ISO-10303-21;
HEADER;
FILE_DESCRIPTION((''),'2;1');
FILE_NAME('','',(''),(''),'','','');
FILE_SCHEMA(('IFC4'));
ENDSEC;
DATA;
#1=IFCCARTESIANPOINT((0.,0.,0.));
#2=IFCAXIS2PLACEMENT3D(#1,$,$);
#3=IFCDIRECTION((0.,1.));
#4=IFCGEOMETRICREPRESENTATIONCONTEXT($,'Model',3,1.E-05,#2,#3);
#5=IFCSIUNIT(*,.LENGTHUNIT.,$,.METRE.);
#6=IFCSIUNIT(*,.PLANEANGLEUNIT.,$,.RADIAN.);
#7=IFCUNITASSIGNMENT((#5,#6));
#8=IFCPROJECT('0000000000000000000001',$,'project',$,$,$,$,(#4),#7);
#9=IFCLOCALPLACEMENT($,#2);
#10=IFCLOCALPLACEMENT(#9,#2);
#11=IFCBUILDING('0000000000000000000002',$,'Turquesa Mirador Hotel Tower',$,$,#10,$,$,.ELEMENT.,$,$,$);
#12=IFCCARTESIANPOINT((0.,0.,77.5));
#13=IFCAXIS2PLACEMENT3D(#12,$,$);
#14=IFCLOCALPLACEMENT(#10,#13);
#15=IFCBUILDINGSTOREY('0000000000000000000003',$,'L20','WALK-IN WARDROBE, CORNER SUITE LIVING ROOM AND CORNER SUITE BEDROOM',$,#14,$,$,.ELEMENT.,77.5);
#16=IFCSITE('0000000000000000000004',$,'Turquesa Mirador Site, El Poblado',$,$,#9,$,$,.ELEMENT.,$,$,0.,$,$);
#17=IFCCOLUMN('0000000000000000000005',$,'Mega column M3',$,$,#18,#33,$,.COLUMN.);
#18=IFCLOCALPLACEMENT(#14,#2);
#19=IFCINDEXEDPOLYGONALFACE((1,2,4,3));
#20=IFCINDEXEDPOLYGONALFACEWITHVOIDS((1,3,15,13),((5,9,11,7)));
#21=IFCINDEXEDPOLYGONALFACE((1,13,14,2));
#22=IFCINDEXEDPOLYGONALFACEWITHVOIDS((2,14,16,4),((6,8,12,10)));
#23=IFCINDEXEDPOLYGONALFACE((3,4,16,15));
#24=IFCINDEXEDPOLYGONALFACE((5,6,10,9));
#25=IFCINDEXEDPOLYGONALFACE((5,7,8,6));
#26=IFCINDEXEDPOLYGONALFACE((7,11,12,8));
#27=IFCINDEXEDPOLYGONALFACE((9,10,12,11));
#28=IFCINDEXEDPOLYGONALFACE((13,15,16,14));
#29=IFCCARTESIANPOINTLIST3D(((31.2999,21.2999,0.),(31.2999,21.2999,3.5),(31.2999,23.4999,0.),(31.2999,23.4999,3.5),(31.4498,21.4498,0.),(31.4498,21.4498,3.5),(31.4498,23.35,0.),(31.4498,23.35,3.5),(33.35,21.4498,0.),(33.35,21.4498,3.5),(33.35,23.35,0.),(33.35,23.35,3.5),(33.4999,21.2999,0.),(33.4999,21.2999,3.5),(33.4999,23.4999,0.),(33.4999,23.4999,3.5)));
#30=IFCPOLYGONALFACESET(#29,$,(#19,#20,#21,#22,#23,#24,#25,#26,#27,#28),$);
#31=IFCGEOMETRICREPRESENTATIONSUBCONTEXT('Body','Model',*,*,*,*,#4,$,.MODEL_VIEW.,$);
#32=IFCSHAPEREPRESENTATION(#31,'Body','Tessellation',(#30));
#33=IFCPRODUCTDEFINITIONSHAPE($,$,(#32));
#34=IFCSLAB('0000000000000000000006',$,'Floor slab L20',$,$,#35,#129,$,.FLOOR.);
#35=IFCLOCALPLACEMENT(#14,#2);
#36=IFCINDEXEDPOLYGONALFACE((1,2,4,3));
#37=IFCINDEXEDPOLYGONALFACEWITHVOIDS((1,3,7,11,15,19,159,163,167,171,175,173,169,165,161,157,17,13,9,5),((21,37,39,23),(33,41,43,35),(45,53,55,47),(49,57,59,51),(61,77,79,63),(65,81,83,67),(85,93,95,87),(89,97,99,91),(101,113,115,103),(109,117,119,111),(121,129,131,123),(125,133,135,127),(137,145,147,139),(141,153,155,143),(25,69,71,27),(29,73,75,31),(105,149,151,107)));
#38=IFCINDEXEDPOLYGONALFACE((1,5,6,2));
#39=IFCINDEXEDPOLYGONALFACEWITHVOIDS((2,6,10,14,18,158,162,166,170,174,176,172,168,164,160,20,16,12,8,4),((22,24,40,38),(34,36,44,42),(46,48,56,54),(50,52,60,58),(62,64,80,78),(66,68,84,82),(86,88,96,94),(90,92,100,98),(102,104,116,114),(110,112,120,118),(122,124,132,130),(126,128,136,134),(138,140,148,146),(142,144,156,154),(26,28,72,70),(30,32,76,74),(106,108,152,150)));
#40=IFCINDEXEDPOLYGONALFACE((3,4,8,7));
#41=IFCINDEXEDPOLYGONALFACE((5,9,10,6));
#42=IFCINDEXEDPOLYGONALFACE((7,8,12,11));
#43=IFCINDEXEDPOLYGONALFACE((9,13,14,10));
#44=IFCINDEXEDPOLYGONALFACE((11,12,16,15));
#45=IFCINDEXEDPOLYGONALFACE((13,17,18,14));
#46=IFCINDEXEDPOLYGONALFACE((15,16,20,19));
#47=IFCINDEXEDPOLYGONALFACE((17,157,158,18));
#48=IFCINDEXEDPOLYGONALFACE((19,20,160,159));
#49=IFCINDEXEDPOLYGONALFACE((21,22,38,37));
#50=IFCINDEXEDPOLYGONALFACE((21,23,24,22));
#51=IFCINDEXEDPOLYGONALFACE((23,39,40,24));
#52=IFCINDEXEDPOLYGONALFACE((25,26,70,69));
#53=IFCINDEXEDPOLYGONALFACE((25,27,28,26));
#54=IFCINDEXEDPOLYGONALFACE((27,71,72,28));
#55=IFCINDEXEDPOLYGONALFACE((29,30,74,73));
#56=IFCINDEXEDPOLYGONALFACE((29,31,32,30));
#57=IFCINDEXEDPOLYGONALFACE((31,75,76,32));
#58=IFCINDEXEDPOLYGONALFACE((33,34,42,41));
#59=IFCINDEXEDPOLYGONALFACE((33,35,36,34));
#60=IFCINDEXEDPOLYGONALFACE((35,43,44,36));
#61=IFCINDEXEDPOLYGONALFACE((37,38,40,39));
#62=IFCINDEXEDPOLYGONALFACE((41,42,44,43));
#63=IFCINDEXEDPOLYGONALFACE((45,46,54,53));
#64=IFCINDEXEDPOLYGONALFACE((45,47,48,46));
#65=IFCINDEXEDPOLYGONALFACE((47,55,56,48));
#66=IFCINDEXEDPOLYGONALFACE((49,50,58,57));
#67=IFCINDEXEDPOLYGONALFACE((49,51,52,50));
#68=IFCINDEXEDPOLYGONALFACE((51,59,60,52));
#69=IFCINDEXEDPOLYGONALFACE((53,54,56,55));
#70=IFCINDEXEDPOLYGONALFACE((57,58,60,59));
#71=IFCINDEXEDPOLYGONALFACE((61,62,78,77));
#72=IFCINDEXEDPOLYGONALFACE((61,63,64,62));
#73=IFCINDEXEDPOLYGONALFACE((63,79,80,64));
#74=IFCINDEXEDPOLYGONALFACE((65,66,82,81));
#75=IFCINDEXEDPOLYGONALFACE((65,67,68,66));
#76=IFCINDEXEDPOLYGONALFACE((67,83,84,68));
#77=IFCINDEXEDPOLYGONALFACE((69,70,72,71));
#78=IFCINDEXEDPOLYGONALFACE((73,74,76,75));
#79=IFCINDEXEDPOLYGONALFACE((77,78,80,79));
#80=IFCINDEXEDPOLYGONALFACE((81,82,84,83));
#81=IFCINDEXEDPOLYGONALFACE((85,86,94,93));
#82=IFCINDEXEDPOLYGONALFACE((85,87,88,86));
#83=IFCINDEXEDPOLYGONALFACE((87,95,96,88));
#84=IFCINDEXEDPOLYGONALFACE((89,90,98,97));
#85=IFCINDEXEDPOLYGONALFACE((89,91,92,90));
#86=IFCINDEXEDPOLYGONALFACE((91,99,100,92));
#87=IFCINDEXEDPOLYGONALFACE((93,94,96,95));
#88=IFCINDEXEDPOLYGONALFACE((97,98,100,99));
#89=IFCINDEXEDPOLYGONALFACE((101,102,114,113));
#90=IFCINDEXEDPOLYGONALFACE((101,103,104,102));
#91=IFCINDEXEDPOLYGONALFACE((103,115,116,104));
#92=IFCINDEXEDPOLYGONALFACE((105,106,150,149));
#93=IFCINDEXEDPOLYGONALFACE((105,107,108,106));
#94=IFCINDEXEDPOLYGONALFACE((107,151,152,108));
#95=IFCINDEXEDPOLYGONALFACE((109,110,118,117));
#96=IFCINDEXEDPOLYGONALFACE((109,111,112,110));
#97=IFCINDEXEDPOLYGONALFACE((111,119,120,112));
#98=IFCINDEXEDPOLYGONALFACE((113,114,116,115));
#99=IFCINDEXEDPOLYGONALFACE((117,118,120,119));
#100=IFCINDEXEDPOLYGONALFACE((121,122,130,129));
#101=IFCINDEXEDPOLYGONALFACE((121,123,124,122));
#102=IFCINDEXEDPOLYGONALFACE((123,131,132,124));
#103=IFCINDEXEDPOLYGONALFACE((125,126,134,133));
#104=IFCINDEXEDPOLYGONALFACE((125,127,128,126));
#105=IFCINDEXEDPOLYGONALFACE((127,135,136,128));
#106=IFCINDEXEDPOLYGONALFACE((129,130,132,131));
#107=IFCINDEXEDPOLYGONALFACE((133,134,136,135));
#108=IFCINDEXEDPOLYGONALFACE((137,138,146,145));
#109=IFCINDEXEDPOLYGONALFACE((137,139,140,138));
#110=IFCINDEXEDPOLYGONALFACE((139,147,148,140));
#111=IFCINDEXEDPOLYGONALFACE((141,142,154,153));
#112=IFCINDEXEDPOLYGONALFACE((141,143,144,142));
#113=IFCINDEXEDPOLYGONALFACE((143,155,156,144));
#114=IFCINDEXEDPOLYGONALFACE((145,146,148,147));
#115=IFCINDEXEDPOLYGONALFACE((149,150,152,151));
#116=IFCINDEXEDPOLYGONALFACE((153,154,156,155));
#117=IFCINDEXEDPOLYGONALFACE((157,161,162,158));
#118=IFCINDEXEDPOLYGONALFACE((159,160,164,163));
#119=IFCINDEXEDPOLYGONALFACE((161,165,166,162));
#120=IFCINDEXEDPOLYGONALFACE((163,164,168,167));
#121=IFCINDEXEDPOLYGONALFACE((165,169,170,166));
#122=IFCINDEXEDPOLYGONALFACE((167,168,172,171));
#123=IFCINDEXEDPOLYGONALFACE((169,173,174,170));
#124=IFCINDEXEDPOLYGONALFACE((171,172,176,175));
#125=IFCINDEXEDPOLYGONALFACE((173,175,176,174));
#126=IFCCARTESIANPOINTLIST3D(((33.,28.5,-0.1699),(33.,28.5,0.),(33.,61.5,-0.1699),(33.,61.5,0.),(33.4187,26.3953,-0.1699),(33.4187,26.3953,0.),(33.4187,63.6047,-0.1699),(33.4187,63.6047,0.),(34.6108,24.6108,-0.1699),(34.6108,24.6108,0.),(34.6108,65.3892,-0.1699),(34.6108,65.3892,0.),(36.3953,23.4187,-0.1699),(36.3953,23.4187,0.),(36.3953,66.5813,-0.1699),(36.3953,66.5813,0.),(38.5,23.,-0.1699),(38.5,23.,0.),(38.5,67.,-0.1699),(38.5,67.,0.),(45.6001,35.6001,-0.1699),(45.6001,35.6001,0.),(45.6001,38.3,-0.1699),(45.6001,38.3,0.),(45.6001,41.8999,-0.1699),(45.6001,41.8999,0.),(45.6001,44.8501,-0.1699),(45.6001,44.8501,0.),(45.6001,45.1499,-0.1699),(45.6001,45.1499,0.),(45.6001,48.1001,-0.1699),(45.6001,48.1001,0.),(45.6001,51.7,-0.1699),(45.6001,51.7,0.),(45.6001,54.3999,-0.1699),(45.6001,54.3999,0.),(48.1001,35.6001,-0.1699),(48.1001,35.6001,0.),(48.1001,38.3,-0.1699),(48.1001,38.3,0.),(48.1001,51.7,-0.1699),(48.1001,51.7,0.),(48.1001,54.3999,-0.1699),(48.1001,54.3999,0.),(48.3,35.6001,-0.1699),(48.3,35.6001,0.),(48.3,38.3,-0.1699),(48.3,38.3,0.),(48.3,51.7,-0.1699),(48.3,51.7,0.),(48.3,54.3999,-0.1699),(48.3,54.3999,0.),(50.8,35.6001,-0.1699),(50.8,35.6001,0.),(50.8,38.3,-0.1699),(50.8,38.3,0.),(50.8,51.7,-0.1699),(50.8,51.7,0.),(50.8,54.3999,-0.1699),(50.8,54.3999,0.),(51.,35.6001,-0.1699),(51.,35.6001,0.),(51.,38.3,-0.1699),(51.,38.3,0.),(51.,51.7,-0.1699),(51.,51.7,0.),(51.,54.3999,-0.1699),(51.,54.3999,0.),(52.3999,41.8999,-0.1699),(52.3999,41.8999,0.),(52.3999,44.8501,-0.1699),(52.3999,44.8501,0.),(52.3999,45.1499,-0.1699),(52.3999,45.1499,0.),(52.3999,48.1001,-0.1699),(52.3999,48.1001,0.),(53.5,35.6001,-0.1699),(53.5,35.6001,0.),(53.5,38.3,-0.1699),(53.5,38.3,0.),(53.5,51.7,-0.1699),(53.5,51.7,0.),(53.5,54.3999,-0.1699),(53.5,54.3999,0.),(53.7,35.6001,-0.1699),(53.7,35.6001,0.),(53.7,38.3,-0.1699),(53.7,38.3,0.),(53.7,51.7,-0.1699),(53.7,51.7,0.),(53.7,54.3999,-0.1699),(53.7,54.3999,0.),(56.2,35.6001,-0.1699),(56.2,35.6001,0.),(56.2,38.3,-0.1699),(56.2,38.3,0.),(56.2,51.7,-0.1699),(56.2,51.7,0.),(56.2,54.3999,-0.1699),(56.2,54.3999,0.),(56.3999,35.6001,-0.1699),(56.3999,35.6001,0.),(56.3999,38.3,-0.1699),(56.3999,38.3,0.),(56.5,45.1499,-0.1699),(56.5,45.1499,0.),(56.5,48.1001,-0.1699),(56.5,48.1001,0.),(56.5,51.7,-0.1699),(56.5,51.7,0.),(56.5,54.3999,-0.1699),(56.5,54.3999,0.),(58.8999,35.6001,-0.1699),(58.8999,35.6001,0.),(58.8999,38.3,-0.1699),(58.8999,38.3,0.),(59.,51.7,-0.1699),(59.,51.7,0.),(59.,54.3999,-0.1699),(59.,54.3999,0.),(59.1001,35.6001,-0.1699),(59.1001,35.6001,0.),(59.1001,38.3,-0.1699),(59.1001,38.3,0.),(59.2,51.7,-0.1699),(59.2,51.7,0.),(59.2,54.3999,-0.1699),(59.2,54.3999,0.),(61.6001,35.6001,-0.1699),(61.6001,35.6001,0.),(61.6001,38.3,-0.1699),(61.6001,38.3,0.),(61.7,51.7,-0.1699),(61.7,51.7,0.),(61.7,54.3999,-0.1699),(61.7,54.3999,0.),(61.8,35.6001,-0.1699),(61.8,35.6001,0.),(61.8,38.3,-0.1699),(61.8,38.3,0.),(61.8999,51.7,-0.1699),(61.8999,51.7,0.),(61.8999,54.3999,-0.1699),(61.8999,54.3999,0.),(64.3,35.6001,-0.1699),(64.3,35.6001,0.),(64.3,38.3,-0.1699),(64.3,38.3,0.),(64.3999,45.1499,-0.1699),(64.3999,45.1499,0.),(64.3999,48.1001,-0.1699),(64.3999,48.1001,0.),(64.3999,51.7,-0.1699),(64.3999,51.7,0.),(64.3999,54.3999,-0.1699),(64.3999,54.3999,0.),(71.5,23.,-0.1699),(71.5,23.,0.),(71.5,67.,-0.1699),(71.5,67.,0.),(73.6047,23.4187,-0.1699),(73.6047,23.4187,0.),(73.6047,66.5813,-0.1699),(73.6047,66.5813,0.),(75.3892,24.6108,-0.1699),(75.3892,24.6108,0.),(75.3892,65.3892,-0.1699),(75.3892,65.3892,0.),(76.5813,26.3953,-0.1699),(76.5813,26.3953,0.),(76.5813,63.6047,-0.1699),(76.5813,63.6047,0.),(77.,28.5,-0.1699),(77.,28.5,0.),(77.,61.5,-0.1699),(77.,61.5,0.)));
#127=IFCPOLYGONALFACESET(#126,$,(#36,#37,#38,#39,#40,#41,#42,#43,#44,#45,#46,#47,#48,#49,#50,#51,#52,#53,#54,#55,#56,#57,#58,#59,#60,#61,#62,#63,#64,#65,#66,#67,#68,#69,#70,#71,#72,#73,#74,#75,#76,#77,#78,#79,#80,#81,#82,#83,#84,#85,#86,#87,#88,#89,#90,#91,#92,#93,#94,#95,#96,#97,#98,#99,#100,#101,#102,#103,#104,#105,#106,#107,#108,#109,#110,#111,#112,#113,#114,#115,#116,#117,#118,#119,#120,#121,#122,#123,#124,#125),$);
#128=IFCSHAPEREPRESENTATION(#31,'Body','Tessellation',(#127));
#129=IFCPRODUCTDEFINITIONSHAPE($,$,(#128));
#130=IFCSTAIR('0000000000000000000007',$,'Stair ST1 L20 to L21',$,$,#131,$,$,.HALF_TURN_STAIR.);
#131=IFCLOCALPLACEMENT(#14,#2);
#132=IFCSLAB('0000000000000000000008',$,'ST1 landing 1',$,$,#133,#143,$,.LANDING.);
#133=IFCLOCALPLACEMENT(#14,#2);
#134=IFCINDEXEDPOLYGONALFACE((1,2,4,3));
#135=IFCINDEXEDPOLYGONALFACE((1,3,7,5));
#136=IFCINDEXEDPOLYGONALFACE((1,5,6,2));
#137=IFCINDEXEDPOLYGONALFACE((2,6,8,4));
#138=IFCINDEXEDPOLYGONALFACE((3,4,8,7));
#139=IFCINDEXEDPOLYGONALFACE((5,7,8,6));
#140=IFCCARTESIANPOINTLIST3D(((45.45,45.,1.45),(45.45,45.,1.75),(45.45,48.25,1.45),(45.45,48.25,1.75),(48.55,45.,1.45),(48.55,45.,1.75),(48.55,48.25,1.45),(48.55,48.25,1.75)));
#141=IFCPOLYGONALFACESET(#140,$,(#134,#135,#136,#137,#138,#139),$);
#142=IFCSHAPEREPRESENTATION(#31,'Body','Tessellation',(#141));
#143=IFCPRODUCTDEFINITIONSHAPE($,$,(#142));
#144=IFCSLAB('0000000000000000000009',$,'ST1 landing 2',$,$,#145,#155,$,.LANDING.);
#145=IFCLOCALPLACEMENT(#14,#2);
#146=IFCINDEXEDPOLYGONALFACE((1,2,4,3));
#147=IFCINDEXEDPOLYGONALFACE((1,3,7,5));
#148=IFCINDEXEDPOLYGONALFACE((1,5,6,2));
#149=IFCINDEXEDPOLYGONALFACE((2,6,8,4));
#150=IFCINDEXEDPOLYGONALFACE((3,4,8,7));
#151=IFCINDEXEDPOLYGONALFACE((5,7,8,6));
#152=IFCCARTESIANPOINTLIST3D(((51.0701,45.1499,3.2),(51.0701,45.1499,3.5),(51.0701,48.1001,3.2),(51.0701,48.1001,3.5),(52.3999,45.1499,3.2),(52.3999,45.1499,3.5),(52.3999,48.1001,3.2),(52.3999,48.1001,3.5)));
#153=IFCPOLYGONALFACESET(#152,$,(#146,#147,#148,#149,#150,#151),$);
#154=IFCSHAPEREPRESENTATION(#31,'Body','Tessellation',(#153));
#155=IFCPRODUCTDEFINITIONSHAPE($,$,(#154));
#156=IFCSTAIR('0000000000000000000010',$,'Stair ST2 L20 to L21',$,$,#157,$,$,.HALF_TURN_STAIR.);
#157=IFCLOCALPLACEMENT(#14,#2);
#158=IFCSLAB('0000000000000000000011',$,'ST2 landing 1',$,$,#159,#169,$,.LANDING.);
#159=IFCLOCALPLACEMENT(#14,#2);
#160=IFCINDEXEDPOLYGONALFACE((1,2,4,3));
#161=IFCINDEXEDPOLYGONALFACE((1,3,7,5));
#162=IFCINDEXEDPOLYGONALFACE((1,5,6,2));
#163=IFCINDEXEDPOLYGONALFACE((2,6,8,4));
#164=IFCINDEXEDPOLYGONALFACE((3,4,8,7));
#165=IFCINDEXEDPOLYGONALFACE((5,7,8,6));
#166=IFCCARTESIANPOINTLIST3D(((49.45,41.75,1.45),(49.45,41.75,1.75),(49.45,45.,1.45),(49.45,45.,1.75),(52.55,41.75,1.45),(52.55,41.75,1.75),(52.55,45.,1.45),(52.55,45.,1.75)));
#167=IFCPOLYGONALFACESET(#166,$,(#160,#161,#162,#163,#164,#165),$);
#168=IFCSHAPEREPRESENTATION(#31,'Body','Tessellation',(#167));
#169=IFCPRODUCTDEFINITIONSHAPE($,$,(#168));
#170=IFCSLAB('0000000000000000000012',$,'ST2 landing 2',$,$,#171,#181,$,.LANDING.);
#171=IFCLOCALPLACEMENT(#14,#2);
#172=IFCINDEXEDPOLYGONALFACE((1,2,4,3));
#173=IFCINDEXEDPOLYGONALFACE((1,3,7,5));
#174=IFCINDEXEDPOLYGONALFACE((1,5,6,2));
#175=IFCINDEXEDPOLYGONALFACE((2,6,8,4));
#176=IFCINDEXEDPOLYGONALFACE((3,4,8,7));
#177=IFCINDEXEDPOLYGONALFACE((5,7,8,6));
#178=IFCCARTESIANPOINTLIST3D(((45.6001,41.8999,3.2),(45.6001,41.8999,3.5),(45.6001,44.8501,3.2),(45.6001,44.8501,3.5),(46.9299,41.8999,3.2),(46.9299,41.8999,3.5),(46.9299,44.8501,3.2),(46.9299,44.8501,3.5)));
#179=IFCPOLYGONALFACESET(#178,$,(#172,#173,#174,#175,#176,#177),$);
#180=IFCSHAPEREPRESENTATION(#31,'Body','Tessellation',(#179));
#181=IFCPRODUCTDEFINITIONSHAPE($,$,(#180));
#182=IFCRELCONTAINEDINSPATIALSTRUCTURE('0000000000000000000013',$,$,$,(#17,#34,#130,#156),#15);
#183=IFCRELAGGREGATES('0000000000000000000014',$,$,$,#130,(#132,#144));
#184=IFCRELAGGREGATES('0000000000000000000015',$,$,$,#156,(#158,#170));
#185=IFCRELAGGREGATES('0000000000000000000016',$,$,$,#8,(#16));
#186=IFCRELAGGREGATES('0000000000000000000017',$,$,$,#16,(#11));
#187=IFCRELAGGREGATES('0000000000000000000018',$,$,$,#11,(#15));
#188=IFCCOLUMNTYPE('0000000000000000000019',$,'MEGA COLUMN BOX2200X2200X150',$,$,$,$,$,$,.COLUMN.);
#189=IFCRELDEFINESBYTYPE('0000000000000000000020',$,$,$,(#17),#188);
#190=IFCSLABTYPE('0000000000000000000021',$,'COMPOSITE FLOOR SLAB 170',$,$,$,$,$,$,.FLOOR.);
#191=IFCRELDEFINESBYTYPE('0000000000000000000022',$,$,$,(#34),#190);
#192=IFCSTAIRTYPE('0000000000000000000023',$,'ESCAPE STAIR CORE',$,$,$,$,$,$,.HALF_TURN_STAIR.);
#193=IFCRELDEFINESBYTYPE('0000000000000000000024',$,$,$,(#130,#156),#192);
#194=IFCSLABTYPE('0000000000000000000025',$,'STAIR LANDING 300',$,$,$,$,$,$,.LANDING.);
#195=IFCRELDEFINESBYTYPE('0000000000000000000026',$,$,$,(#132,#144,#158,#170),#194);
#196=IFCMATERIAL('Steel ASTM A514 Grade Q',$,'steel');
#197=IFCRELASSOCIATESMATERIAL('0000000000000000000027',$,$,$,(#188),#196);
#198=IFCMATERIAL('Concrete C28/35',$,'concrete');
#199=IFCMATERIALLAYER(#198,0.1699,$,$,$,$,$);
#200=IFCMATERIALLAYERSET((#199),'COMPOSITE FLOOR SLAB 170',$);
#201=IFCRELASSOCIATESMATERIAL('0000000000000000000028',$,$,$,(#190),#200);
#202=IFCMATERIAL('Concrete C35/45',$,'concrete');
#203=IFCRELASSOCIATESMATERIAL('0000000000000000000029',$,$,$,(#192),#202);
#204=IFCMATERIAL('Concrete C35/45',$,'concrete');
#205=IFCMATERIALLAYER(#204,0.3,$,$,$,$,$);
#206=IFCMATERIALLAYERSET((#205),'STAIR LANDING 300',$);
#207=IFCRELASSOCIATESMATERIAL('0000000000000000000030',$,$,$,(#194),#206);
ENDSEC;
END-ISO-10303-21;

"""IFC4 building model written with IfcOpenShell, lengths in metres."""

from ifc_helpers import new_model, si_unit, direction, frame, origin, origin_2d, place, context, subcontext, project, spatial, polyline, hollow_rectangle, outline, extrude, material, layer, layer_set, material_profile, profile_set, type_object, element, aggregate, save


model = new_model("IFC4")

# Units and contexts
model_context = context("Model", 3, precision=1e-05, world=origin(), true_north=direction((0.0, 1.0)))
body_context = subcontext(model_context, "Body", "Model", "MODEL_VIEW")
ifc_project = project(units=[si_unit("LENGTHUNIT", "METRE"), si_unit("PLANEANGLEUNIT", "RADIAN")], contexts=[model_context])

# Site, building, storey
site_placement = place(None, origin())
site = spatial("IfcSite", under=ifc_project, at=site_placement, Name="Turquesa Mirador Site, El Poblado", CompositionType="ELEMENT", RefElevation=0.0)
building_placement = place(site_placement, origin())
building = spatial("IfcBuilding", under=site, at=building_placement, Name="Turquesa Mirador Hotel Tower", CompositionType="ELEMENT")
storey_placement = place(building_placement, frame((0.0, 0.0, 77.5)))
storey = spatial("IfcBuildingStorey", under=building, at=storey_placement, Name="L20", Description="WALK-IN WARDROBE, CORNER SUITE LIVING ROOM AND CORNER SUITE BEDROOM", CompositionType="ELEMENT", Elevation=77.5)

# Column
ifc_material_1 = material(Name="Steel ASTM A514 Grade Q", Category="steel")
ifc_material_profile = material_profile(ifc_material_1, hollow_rectangle(XDim=2.2, YDim=2.2, WallThickness=0.1499, at=origin_2d()), Name="BOX2200X2200X150")
ifc_profile_set = profile_set([ifc_material_profile], Name="Steel ASTM A514 Grade Q")
column_type = type_object("IfcColumnType", Name="MEGA COLUMN BOX2200X2200X150", PredefinedType="COLUMN", material=ifc_profile_set)
column_placement = place(storey_placement, frame((32.3999, 22.3999, 0.0), z_axis=(0.0, 0.0, 1.0), x_axis=(1.0, 0.0, 0.0)))
element("IfcColumn", 1, at=column_placement, inside=storey, type_object=column_type, Name="Mega column M3", PredefinedType="COLUMN", context=body_context, shape_type="SweptSolid", body=[
    extrude(hollow_rectangle(XDim=2.2, YDim=2.2, WallThickness=0.1499, at=origin_2d()), origin(), (0.0, 0.0, 1.0), 3.5),
])

# Slab
ifc_material_2 = material(Name="Concrete C28/35", Category="concrete")
ifc_layer_1 = layer(ifc_material_2, 0.1699)
ifc_layer_set_1 = layer_set([ifc_layer_1], Name="COMPOSITE FLOOR SLAB 170")
slab_type_1 = type_object("IfcSlabType", Name="COMPOSITE FLOOR SLAB 170", PredefinedType="FLOOR", material=ifc_layer_set_1)
slab_1_placement = place(storey_placement, frame((0.0, 0.0, -0.1699)))
element("IfcSlab", 2, at=slab_1_placement, inside=storey, type_object=slab_type_1, Name="Floor slab L20", PredefinedType="FLOOR", context=body_context, shape_type="SweptSolid", body=[
    extrude(outline(polyline([(71.5, 23.0), (73.6047, 23.4187), (75.3892, 24.6108), (76.5813, 26.3953), (77.0, 28.5), (77.0, 61.5), (76.5813, 63.6047), (75.3892, 65.3892), (73.6047, 66.5813), (71.5, 67.0), (38.5, 67.0), (36.3953, 66.5813), (34.6108, 65.3892), (33.4187, 63.6047), (33.0, 61.5), (33.0, 28.5), (33.4187, 26.3953), (34.6108, 24.6108), (36.3953, 23.4187), (38.5, 23.0), (71.5, 23.0)]), holes=[polyline([(45.6001, 51.7), (48.1001, 51.7), (48.1001, 54.3999), (45.6001, 54.3999), (45.6001, 51.7)]), polyline([(48.3, 51.7), (50.8, 51.7), (50.8, 54.3999), (48.3, 54.3999), (48.3, 51.7)]), polyline([(51.0, 51.7), (53.5, 51.7), (53.5, 54.3999), (51.0, 54.3999), (51.0, 51.7)]), polyline([(53.7, 51.7), (56.2, 51.7), (56.2, 54.3999), (53.7, 54.3999), (53.7, 51.7)]), polyline([(56.5, 51.7), (59.0, 51.7), (59.0, 54.3999), (56.5, 54.3999), (56.5, 51.7)]), polyline([(59.2, 51.7), (61.7, 51.7), (61.7, 54.3999), (59.2, 54.3999), (59.2, 51.7)]), polyline([(45.6001, 35.6001), (48.1001, 35.6001), (48.1001, 38.3), (45.6001, 38.3), (45.6001, 35.6001)]), polyline([(48.3, 35.6001), (50.8, 35.6001), (50.8, 38.3), (48.3, 38.3), (48.3, 35.6001)]), polyline([(51.0, 35.6001), (53.5, 35.6001), (53.5, 38.3), (51.0, 38.3), (51.0, 35.6001)]), polyline([(53.7, 35.6001), (56.2, 35.6001), (56.2, 38.3), (53.7, 38.3), (53.7, 35.6001)]), polyline([(56.3999, 35.6001), (58.8999, 35.6001), (58.8999, 38.3), (56.3999, 38.3), (56.3999, 35.6001)]), polyline([(59.1001, 35.6001), (61.6001, 35.6001), (61.6001, 38.3), (59.1001, 38.3), (59.1001, 35.6001)]), polyline([(61.8, 35.6001), (64.3, 35.6001), (64.3, 38.3), (61.8, 38.3), (61.8, 35.6001)]), polyline([(45.6001, 45.1499), (52.3999, 45.1499), (52.3999, 48.1001), (45.6001, 48.1001), (45.6001, 45.1499)]), polyline([(45.6001, 41.8999), (52.3999, 41.8999), (52.3999, 44.8501), (45.6001, 44.8501), (45.6001, 41.8999)]), polyline([(56.5, 45.1499), (64.3999, 45.1499), (64.3999, 48.1001), (56.5, 48.1001), (56.5, 45.1499)]), polyline([(61.8999, 51.7), (64.3999, 51.7), (64.3999, 54.3999), (61.8999, 54.3999), (61.8999, 51.7)])]), origin(), (0.0, 0.0, 1.0), 0.1699),
])

# Stairs, slabs
ifc_material_3 = material(Name="Concrete C35/45", Category="concrete")
stair_type = type_object("IfcStairType", Name="ESCAPE STAIR CORE", PredefinedType="HALF_TURN_STAIR", material=ifc_material_3)
stair_1_placement = place(storey_placement, origin())
stair_1 = element("IfcStair", 3, at=stair_1_placement, inside=storey, type_object=stair_type, Name="Stair ST1 L20 to L21", PredefinedType="HALF_TURN_STAIR")
ifc_material_4 = material(Name="Concrete C35/45", Category="concrete")
ifc_layer_2 = layer(ifc_material_4, 0.3)
ifc_layer_set_2 = layer_set([ifc_layer_2], Name="STAIR LANDING 300")
slab_type_2 = type_object("IfcSlabType", Name="STAIR LANDING 300", PredefinedType="LANDING", material=ifc_layer_set_2)
slab_2_placement = place(storey_placement, frame((0.0, 0.0, 1.45)))
slab_2 = element("IfcSlab", 4, at=slab_2_placement, type_object=slab_type_2, Name="ST1 landing 1", PredefinedType="LANDING", context=body_context, shape_type="SweptSolid", body=[
    extrude(outline(polyline([(45.45, 45.0), (48.55, 45.0), (48.55, 48.25), (45.45, 48.25), (45.45, 45.0)])), origin(), (0.0, 0.0, 1.0), 0.3),
])
slab_3_placement = place(storey_placement, frame((0.0, 0.0, 3.2)))
slab_3 = element("IfcSlab", 5, at=slab_3_placement, type_object=slab_type_2, Name="ST1 landing 2", PredefinedType="LANDING", context=body_context, shape_type="SweptSolid", body=[
    extrude(outline(polyline([(51.0701, 45.1499), (52.3999, 45.1499), (52.3999, 48.1001), (51.0701, 48.1001), (51.0701, 45.1499)])), origin(), (0.0, 0.0, 1.0), 0.3),
])
aggregate(stair_1, [slab_2, slab_3])
stair_2_placement = place(storey_placement, origin())
stair_2 = element("IfcStair", 6, at=stair_2_placement, inside=storey, type_object=stair_type, Name="Stair ST2 L20 to L21", PredefinedType="HALF_TURN_STAIR")
slab_4_placement = place(storey_placement, frame((0.0, 0.0, 1.45)))
slab_4 = element("IfcSlab", 7, at=slab_4_placement, type_object=slab_type_2, Name="ST2 landing 1", PredefinedType="LANDING", context=body_context, shape_type="SweptSolid", body=[
    extrude(outline(polyline([(52.55, 45.0), (49.45, 45.0), (49.45, 41.75), (52.55, 41.75), (52.55, 45.0)])), origin(), (0.0, 0.0, 1.0), 0.3),
])
slab_5_placement = place(storey_placement, frame((0.0, 0.0, 3.2)))
slab_5 = element("IfcSlab", 8, at=slab_5_placement, type_object=slab_type_2, Name="ST2 landing 2", PredefinedType="LANDING", context=body_context, shape_type="SweptSolid", body=[
    extrude(outline(polyline([(46.9299, 44.8501), (45.6001, 44.8501), (45.6001, 41.8999), (46.9299, 41.8999), (46.9299, 44.8501)])), origin(), (0.0, 0.0, 1.0), 0.3),
])
aggregate(stair_2, [slab_4, slab_5])

save(model, "model.ifc")
